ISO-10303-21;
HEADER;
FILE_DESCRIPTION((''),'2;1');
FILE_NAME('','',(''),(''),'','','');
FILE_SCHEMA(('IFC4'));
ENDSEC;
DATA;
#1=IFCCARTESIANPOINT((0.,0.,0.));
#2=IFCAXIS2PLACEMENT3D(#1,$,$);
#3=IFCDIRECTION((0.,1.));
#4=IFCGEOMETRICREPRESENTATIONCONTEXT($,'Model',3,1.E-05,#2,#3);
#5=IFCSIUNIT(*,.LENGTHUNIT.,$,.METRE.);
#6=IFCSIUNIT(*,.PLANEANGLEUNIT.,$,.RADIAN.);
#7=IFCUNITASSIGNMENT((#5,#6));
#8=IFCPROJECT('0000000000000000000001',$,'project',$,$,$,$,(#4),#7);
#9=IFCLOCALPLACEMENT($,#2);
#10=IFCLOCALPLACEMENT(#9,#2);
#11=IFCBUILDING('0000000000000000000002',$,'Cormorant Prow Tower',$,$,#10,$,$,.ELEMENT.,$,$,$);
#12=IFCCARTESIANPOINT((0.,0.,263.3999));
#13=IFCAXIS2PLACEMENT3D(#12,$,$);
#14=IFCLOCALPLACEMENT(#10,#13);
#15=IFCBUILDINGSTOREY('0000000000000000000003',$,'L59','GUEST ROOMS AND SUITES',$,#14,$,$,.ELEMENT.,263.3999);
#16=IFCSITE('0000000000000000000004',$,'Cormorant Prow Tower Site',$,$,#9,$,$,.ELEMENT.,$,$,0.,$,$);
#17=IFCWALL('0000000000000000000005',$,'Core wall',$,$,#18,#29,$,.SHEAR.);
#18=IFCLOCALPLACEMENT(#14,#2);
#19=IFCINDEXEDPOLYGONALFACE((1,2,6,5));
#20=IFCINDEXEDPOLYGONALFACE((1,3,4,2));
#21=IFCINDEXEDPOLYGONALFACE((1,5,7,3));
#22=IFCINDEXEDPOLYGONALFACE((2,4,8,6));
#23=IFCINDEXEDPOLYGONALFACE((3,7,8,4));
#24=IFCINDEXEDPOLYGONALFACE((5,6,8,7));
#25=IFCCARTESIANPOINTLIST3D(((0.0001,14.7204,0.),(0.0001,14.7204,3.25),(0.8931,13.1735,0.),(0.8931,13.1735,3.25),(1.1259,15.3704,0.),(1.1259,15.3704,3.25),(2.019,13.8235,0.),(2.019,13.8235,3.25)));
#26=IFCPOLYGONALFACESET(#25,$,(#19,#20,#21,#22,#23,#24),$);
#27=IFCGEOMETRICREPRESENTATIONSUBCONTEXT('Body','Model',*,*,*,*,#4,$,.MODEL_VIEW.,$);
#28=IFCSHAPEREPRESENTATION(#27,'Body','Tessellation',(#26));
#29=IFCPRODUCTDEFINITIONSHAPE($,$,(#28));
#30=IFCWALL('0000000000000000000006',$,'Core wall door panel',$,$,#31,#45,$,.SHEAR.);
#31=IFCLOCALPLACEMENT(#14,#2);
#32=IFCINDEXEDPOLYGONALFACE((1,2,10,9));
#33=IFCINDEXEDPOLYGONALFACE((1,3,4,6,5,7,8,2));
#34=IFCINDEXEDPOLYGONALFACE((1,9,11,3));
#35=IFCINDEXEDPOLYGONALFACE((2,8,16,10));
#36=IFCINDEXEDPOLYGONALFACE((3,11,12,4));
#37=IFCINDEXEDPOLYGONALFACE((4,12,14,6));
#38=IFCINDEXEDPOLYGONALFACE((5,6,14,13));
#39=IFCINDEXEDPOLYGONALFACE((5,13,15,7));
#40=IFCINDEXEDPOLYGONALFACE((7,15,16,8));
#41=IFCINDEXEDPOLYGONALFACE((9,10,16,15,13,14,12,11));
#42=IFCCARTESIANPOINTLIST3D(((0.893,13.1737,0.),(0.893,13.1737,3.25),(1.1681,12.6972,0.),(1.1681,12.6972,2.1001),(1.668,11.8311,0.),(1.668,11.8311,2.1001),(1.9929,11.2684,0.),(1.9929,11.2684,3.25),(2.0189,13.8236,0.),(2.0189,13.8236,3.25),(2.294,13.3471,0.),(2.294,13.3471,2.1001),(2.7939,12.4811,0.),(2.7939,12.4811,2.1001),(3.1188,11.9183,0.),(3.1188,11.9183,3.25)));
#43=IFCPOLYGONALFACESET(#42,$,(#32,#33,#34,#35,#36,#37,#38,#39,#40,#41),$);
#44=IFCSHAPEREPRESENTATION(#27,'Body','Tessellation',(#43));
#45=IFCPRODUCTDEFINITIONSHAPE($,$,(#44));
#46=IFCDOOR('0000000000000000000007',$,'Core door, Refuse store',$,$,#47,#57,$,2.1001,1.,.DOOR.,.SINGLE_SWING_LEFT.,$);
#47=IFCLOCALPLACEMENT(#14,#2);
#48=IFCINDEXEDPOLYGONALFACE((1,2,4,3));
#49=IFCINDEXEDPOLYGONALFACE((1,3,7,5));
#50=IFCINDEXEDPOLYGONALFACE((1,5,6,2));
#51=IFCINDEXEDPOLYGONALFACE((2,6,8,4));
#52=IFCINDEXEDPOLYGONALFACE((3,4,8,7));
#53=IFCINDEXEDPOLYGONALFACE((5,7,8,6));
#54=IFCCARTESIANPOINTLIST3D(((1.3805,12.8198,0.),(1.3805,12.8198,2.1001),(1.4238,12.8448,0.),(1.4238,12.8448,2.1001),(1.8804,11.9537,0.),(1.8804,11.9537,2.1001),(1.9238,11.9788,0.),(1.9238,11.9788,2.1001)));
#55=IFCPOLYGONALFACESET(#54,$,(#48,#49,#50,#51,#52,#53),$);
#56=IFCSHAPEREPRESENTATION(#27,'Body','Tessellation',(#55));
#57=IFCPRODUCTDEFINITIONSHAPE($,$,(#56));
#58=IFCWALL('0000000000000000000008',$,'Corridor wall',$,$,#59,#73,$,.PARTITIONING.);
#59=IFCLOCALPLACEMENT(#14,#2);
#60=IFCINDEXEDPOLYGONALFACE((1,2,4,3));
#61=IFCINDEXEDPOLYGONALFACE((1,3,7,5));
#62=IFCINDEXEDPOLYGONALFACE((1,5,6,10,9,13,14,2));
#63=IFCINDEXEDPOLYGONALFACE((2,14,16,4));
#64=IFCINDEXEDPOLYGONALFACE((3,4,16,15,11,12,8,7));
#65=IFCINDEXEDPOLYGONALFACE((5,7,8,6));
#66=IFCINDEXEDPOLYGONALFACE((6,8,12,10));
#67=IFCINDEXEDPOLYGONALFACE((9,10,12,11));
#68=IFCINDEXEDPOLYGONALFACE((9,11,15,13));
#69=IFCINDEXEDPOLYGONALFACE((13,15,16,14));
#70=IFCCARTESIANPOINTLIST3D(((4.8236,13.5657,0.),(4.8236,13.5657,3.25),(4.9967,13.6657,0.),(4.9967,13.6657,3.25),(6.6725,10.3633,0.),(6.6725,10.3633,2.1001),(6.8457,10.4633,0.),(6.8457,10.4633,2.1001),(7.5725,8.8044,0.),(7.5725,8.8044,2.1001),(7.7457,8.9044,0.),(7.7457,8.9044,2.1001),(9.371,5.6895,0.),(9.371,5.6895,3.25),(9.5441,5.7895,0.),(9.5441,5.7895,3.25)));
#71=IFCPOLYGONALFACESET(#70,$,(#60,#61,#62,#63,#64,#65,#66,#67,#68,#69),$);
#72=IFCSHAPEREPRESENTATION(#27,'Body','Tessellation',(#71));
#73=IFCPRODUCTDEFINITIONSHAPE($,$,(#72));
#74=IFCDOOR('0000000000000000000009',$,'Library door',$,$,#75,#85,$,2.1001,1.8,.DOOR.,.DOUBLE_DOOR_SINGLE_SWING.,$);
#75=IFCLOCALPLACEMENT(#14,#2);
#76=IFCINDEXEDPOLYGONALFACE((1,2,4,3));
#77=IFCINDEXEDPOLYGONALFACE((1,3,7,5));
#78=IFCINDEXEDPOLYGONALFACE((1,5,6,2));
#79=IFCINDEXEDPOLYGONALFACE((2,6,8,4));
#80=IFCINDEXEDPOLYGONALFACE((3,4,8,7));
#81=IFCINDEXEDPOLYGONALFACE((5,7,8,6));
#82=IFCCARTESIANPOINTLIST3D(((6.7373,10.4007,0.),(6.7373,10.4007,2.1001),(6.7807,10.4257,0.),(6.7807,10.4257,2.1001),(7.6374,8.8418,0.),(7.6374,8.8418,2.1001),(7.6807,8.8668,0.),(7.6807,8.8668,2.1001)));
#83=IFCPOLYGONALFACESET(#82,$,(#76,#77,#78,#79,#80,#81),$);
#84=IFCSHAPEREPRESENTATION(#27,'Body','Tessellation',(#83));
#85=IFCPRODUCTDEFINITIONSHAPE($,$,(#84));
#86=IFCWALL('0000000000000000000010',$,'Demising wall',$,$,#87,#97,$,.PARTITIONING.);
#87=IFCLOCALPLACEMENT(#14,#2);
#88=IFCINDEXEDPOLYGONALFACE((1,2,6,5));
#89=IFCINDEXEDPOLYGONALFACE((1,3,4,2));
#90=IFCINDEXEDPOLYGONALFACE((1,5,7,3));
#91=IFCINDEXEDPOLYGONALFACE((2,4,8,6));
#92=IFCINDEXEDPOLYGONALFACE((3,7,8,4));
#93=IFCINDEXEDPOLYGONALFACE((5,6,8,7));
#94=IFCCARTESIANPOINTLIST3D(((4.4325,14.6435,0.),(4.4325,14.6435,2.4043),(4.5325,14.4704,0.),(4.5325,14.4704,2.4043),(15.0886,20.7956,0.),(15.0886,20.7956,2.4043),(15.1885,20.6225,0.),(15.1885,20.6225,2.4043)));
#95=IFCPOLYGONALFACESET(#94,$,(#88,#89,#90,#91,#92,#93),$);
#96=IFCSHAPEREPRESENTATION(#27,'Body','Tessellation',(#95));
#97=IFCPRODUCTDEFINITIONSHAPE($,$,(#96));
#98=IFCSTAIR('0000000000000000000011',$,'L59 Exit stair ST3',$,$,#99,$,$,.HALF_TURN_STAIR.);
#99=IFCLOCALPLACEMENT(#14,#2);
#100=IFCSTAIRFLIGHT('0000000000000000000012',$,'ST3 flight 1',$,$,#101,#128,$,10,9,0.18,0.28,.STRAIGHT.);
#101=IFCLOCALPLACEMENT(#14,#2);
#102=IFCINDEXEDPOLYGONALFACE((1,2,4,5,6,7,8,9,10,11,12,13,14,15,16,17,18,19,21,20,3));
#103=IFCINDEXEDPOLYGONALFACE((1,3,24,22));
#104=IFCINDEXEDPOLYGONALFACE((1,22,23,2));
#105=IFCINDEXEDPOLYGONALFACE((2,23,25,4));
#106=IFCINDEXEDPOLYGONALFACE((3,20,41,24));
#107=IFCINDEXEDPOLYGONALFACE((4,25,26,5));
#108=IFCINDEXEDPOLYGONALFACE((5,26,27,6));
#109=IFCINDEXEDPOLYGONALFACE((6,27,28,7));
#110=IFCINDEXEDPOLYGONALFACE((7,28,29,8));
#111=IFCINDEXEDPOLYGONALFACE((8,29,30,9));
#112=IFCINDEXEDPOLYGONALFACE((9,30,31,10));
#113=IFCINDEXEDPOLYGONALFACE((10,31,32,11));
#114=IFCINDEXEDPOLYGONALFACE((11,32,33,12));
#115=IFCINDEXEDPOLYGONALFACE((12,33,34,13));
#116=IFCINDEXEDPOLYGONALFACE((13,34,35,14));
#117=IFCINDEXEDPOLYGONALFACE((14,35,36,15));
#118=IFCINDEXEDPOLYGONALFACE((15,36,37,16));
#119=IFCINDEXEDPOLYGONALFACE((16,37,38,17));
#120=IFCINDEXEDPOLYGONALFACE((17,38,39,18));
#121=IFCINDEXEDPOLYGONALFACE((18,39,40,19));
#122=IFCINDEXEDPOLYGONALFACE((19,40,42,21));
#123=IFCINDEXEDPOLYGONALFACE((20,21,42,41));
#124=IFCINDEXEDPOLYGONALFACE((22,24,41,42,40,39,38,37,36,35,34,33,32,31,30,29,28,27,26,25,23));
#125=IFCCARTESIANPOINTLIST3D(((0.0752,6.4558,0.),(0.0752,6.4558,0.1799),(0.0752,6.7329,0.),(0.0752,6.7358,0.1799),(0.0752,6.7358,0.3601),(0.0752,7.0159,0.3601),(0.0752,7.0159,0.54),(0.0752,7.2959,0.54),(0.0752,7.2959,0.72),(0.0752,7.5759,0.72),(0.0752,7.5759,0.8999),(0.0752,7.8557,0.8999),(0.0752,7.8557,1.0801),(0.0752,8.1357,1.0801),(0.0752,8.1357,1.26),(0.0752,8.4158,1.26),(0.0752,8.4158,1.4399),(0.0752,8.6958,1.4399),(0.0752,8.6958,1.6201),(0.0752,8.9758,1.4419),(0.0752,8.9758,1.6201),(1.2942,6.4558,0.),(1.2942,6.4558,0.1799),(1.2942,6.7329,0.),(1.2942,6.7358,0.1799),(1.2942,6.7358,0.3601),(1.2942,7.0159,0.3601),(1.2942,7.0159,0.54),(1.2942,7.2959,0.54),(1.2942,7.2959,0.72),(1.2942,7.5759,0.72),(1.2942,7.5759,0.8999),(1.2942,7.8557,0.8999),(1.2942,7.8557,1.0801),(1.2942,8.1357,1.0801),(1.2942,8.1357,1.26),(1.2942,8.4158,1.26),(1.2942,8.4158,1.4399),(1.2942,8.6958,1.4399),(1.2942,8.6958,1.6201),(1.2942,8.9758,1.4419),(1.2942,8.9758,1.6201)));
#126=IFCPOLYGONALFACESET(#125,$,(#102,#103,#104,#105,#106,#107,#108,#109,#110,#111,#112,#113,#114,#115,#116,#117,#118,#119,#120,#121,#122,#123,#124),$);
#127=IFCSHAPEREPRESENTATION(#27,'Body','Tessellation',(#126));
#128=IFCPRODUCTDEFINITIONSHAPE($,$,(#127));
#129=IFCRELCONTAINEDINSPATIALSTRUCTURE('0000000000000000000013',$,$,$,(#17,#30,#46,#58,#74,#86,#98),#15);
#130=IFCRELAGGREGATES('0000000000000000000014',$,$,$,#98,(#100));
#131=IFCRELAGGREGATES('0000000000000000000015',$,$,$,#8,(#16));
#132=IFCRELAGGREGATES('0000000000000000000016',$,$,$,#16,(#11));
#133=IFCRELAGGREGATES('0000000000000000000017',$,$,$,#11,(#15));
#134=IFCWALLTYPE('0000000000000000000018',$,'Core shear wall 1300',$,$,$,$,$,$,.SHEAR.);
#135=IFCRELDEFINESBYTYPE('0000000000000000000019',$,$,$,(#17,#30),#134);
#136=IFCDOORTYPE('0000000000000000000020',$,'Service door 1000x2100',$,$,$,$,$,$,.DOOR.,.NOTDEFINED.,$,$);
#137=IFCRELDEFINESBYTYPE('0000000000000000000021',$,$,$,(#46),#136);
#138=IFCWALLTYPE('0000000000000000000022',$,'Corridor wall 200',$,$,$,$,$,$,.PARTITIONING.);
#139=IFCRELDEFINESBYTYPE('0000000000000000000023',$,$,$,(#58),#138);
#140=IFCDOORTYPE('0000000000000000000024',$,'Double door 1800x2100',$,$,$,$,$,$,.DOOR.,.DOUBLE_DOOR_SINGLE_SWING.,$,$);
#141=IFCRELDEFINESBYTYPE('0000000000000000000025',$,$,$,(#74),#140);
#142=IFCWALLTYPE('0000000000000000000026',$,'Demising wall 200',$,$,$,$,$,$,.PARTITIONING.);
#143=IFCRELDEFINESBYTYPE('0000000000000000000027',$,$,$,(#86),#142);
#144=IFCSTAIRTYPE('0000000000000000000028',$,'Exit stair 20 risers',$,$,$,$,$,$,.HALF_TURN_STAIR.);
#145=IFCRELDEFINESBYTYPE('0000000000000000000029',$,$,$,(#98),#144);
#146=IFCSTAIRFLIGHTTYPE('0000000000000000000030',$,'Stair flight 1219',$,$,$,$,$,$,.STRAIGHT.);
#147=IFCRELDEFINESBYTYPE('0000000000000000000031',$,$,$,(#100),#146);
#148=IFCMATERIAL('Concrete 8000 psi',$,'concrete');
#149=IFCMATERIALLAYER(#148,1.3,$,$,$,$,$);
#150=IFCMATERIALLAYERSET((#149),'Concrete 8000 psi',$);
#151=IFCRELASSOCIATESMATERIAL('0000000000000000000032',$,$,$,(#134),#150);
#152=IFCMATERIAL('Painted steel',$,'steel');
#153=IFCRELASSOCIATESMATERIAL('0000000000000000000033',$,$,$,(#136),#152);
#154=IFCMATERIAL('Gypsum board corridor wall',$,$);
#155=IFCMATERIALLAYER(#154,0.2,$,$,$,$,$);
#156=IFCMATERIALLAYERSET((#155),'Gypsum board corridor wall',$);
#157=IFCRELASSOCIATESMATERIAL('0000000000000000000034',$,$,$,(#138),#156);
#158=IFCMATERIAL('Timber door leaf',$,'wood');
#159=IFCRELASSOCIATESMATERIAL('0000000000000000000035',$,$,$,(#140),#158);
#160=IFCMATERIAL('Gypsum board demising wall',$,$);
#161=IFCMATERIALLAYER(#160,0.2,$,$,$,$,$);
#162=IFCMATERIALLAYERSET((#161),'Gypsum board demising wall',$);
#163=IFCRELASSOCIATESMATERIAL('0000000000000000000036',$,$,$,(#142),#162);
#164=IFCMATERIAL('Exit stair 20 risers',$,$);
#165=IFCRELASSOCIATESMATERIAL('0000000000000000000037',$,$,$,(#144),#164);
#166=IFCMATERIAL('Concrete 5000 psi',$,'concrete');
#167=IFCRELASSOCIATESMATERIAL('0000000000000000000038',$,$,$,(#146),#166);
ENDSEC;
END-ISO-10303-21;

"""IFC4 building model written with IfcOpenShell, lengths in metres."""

from ifc_helpers import new_model, si_unit, direction, frame, frame_2d, origin, place, context, subcontext, project, spatial, polyline, rectangle, outline, extrude, material, layer, layer_set, type_object, element, fill, aggregate, save


model = new_model("IFC4")

# Units and contexts
model_context = context("Model", 3, precision=1e-05, world=origin(), true_north=direction((0.0, 1.0)))
body_context = subcontext(model_context, "Body", "Model", "MODEL_VIEW")
ifc_project = project(units=[si_unit("LENGTHUNIT", "METRE"), si_unit("PLANEANGLEUNIT", "RADIAN")], contexts=[model_context])

# Site, building, storey
site_placement = place(None, origin())
site = spatial("IfcSite", under=ifc_project, at=site_placement, Name="Cormorant Prow Tower Site", CompositionType="ELEMENT", RefElevation=0.0)
building_placement = place(site_placement, origin())
building = spatial("IfcBuilding", under=site, at=building_placement, Name="Cormorant Prow Tower", CompositionType="ELEMENT")
storey_placement = place(building_placement, frame((0.0, 0.0, 263.3999)))
storey = spatial("IfcBuildingStorey", under=building, at=storey_placement, Name="L59", Description="GUEST ROOMS AND SUITES", CompositionType="ELEMENT", Elevation=263.3999)

# Wall
ifc_material_1 = material(Name="Concrete 8000 psi", Category="concrete")
ifc_layer_1 = layer(ifc_material_1, 1.3)
ifc_layer_set_1 = layer_set([ifc_layer_1], Name="Concrete 8000 psi")
wall_type_1 = type_object("IfcWallType", Name="Core shear wall 1300", PredefinedType="SHEAR", material=ifc_layer_set_1)
wall_1_placement = place(storey_placement, frame((1.4561, 13.4985, 0.0), z_axis=(0.0, 0.0, 1.0), x_axis=(-0.499991, 0.866031, 0.0)))
element("IfcWall", 1, at=wall_1_placement, inside=storey, type_object=wall_type_1, Name="Core wall", PredefinedType="SHEAR", context=body_context, shape_type="SweptSolid", body=[
    extrude(rectangle(XDim=1.7861, YDim=1.3, at=frame_2d((0.8931, 0.0))), origin(), (0.0, 0.0, 1.0), 3.25),
])

# Walls, openings, doors
wall_2_placement = place(storey_placement, frame((2.5559, 11.5933, 0.0), z_axis=(0.0, 0.0, 1.0), x_axis=(-0.499947, 0.866056, 0.0)))
wall_2 = element("IfcWall", 2, at=wall_2_placement, inside=storey, type_object=wall_type_1, Name="Core wall door panel", PredefinedType="SHEAR", context=body_context, shape_type="SweptSolid", body=[
    extrude(rectangle(XDim=2.2, YDim=1.3, at=frame_2d((1.1001, 0.0))), origin(), (0.0, 0.0, 1.0), 3.25),
])
opening_1_placement = place(wall_2_placement, frame((0.6499, 0.0, 0.0)))
opening_1 = element("IfcOpeningElement", 3, at=opening_1_placement, cuts=wall_2, PredefinedType="OPENING", context=body_context, shape_type="SweptSolid", body=[
    extrude(rectangle(XDim=1.0, YDim=2.1001, at=frame_2d((0.5, 1.05))), frame((0.0, 0.6599, 0.0), z_axis=(0.0, -1.0, 0.0), x_axis=(1.0, 0.0, 0.0)), (0.0, 0.0, 1.0), 1.3201),
])
ifc_material_2 = material(Name="Painted steel", Category="steel")
door_type_1 = type_object("IfcDoorType", Name="Service door 1000x2100", OperationType="NOTDEFINED", PredefinedType="DOOR", material=ifc_material_2)
door_1_placement = place(opening_1_placement, origin())
door_1 = element("IfcDoor", 4, at=door_1_placement, inside=storey, type_object=door_type_1, Name="Core door, Refuse store", OperationType="SINGLE_SWING_LEFT", OverallHeight=2.1001, OverallWidth=1.0, PredefinedType="DOOR", context=body_context, shape_type="SweptSolid", body=[
    extrude(rectangle(XDim=1.0, YDim=2.1001, at=frame_2d((0.5, 1.05))), frame((0.0, 0.4048, 0.0), z_axis=(0.0, -1.0, 0.0), x_axis=(1.0, 0.0, 0.0)), (0.0, 0.0, 1.0), 0.05),
])
fill(opening_1, door_1)
ifc_material_3 = material(Name="Gypsum board corridor wall")
ifc_layer_2 = layer(ifc_material_3, 0.2)
ifc_layer_set_2 = layer_set([ifc_layer_2], Name="Gypsum board corridor wall")
wall_type_2 = type_object("IfcWallType", Name="Corridor wall 200", PredefinedType="PARTITIONING", material=ifc_layer_set_2)
wall_3_placement = place(storey_placement, frame((4.9102, 13.6157, 0.0), z_axis=(0.0, 0.0, 1.0), x_axis=(0.500002, -0.866024, 0.0)))
wall_3 = element("IfcWall", 5, at=wall_3_placement, inside=storey, type_object=wall_type_2, Name="Corridor wall", PredefinedType="PARTITIONING", context=body_context, shape_type="SweptSolid", body=[
    extrude(rectangle(XDim=9.0947, YDim=0.2, at=frame_2d((4.5474, 0.0))), origin(), (0.0, 0.0, 1.0), 3.25),
])
opening_2_placement = place(wall_3_placement, frame((3.698, 0.0, 0.0)))
opening_2 = element("IfcOpeningElement", 6, at=opening_2_placement, cuts=wall_3, PredefinedType="OPENING", context=body_context, shape_type="SweptSolid", body=[
    extrude(rectangle(XDim=1.8, YDim=2.1001, at=frame_2d((0.8999, 1.05))), frame((0.0, 0.1099, 0.0), z_axis=(0.0, -1.0, 0.0), x_axis=(1.0, 0.0, 0.0)), (0.0, 0.0, 1.0), 0.22),
])
ifc_material_4 = material(Name="Timber door leaf", Category="wood")
door_type_2 = type_object("IfcDoorType", Name="Double door 1800x2100", OperationType="DOUBLE_DOOR_SINGLE_SWING", PredefinedType="DOOR", material=ifc_material_4)
door_2_placement = place(opening_2_placement, origin())
door_2 = element("IfcDoor", 7, at=door_2_placement, inside=storey, type_object=door_type_2, Name="Library door", OperationType="DOUBLE_DOOR_SINGLE_SWING", OverallHeight=2.1001, OverallWidth=1.8, PredefinedType="DOOR", context=body_context, shape_type="SweptSolid", body=[
    extrude(rectangle(XDim=1.8, YDim=2.1001, at=frame_2d((0.8999, 1.05))), frame((0.0, 0.0249, 0.0), z_axis=(0.0, -1.0, 0.0), x_axis=(1.0, 0.0, 0.0)), (0.0, 0.0, 1.0), 0.05),
])
fill(opening_2, door_2)

# Wall
ifc_material_5 = material(Name="Gypsum board demising wall")
ifc_layer_3 = layer(ifc_material_5, 0.2)
ifc_layer_set_3 = layer_set([ifc_layer_3], Name="Gypsum board demising wall")
wall_type_3 = type_object("IfcWallType", Name="Demising wall 200", PredefinedType="PARTITIONING", material=ifc_layer_set_3)
wall_4_placement = place(storey_placement, frame((4.4824, 14.5569, 0.0), z_axis=(0.0, 0.0, 1.0), x_axis=(0.866031, 0.499991, 0.0)))
element("IfcWall", 8, at=wall_4_placement, inside=storey, type_object=wall_type_3, Name="Demising wall", PredefinedType="PARTITIONING", context=body_context, shape_type="SweptSolid", body=[
    extrude(rectangle(XDim=12.3044, YDim=0.2, at=frame_2d((6.1523, 0.0))), origin(), (0.0, 0.0, 1.0), 2.4043),
])

# Stair, stair flight
ifc_material_6 = material(Name="Exit stair 20 risers")
stair_type = type_object("IfcStairType", Name="Exit stair 20 risers", PredefinedType="HALF_TURN_STAIR", material=ifc_material_6)
stair_placement = place(storey_placement, origin())
stair = element("IfcStair", 9, at=stair_placement, inside=storey, type_object=stair_type, Name="L59 Exit stair ST3", PredefinedType="HALF_TURN_STAIR")
ifc_material_7 = material(Name="Concrete 5000 psi", Category="concrete")
stair_flight_type = type_object("IfcStairFlightType", Name="Stair flight 1219", PredefinedType="STRAIGHT", material=ifc_material_7)
stair_flight_placement = place(storey_placement, frame((0.6846, 6.4558, 0.0), z_axis=(0.0, 0.0, 1.0), x_axis=(0.0, 1.0, 0.0)))
stair_flight = element("IfcStairFlight", 10, at=stair_flight_placement, type_object=stair_flight_type, Name="ST3 flight 1", NumberOfRisers=10, NumberOfTreads=9, PredefinedType="STRAIGHT", RiserHeight=0.18, TreadLength=0.28, context=body_context, shape_type="SweptSolid", body=[
    extrude(outline(polyline([(0.0, 0.0), (0.0, 0.1799), (0.28, 0.1799), (0.28, 0.3601), (0.5601, 0.3601), (0.5601, 0.54), (0.8401, 0.54), (0.8401, 0.72), (1.1201, 0.72), (1.1201, 0.8999), (1.3999, 0.8999), (1.3999, 1.0801), (1.6799, 1.0801), (1.6799, 1.26), (1.96, 1.26), (1.96, 1.4399), (2.24, 1.4399), (2.24, 1.6201), (2.52, 1.6201), (2.52, 1.8), (2.52, 1.4419), (0.2771, 0.0), (0.0, 0.0)])), frame((0.0, 0.6094, 0.0), z_axis=(0.0, -1.0, 0.0), x_axis=(1.0, 0.0, 0.0)), (0.0, 0.0, 1.0), 1.219),
])
aggregate(stair, [stair_flight])

save(model, "model.ifc")
